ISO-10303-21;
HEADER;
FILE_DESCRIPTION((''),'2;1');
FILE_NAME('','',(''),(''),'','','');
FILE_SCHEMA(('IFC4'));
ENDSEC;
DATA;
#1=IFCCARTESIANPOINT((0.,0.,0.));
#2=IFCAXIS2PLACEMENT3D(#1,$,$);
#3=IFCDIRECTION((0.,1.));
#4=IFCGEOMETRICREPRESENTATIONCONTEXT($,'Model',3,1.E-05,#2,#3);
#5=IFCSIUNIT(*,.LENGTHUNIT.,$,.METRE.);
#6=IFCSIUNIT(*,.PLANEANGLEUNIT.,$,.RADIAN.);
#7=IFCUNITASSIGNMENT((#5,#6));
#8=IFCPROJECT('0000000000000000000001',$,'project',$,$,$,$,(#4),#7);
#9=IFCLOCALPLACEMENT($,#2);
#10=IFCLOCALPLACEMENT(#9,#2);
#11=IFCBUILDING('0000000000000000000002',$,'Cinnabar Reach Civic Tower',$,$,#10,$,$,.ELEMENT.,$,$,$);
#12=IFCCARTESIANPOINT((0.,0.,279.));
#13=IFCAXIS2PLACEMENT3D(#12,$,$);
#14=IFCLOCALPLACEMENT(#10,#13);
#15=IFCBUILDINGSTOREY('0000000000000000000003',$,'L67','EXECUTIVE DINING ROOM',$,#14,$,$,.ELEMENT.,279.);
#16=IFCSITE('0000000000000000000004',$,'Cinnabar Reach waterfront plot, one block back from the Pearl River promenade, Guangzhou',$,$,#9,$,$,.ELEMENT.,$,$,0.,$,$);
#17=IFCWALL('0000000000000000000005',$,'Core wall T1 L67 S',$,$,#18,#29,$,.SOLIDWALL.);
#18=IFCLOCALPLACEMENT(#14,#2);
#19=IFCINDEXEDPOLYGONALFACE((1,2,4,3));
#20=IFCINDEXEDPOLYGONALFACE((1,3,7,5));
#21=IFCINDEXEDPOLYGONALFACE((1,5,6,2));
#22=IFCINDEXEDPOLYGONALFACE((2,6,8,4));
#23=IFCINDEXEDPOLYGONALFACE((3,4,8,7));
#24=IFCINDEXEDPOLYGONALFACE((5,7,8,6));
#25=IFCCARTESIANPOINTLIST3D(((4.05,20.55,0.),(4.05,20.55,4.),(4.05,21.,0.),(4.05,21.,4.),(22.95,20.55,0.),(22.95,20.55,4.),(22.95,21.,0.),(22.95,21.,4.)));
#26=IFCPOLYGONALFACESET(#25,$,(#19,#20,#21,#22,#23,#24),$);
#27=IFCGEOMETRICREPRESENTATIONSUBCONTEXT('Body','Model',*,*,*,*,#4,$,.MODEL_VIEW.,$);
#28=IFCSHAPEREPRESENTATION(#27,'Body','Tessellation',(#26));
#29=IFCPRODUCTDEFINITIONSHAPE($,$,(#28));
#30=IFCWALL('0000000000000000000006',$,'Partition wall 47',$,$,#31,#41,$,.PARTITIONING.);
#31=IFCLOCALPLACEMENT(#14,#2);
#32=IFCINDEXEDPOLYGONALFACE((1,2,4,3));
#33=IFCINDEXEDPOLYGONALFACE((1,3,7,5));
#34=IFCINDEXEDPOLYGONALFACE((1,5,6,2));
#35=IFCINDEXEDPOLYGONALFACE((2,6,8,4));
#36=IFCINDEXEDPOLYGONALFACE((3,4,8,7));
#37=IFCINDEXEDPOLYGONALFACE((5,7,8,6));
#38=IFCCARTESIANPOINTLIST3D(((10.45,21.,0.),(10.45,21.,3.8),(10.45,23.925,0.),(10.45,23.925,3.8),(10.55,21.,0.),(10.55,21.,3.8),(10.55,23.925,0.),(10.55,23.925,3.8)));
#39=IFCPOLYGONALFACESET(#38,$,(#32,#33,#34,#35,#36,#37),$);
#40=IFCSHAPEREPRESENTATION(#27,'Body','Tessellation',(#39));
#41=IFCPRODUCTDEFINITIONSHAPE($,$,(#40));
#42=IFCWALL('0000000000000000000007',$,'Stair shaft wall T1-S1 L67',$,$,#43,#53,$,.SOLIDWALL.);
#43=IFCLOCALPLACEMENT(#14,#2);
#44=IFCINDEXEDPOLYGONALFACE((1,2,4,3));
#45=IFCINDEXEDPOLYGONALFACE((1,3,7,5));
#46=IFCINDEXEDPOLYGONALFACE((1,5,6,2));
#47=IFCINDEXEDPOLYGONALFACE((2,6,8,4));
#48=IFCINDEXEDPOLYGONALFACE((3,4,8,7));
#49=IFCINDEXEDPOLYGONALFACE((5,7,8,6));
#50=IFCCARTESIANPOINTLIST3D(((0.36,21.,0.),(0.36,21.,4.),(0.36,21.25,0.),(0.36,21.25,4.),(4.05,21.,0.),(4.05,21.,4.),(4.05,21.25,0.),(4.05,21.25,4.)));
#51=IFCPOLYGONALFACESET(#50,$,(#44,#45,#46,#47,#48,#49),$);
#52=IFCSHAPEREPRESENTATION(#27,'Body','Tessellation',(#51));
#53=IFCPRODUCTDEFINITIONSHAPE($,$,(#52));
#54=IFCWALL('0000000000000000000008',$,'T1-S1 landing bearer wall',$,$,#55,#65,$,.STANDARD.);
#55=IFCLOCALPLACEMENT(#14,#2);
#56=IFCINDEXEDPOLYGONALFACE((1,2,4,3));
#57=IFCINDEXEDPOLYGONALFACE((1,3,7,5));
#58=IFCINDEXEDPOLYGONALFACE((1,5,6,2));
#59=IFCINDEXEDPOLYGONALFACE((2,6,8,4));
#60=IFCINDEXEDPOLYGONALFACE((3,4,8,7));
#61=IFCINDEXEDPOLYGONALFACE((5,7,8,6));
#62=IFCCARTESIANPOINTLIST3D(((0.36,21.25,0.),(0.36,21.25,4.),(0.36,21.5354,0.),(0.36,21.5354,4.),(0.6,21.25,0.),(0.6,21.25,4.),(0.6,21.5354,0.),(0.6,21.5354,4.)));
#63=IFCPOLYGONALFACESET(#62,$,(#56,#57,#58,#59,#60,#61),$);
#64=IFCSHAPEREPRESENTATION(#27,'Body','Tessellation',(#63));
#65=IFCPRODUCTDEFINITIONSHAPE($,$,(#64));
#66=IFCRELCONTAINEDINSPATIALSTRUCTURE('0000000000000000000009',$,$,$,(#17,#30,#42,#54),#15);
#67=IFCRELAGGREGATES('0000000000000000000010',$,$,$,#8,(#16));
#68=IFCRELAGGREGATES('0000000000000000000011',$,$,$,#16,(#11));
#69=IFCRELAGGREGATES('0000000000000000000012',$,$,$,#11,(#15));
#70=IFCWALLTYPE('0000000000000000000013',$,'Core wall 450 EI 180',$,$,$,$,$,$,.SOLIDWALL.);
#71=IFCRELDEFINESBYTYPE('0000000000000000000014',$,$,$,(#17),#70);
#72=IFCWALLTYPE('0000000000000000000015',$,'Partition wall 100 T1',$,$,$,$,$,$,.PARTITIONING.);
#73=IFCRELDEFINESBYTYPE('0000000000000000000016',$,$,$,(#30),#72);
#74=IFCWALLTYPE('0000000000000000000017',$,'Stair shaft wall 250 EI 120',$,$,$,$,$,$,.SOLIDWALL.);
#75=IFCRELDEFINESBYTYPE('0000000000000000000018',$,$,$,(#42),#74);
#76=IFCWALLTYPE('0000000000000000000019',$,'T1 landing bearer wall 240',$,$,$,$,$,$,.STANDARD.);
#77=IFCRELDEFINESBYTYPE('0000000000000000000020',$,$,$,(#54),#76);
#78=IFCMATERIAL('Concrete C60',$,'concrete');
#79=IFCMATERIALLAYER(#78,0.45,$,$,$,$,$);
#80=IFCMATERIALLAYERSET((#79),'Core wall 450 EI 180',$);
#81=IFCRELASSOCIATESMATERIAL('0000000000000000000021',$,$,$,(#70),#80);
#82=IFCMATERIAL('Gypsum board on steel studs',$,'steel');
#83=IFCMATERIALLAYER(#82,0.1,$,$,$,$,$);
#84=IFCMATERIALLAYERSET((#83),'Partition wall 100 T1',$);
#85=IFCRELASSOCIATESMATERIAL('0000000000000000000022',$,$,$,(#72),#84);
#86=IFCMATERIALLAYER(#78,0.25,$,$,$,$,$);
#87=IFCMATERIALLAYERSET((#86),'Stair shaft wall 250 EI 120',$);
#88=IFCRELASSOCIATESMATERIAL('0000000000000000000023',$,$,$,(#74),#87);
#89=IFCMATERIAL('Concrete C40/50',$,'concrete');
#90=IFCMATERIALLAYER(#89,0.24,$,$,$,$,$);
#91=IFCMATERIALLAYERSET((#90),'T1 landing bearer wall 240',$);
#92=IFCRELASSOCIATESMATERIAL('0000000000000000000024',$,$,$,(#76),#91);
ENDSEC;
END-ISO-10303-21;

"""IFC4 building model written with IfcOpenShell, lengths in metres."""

from ifc_helpers import new_model, si_unit, direction, frame, frame_2d, origin, place, context, subcontext, project, spatial, rectangle, extrude, material, layer, layer_set, type_object, element, save


model = new_model("IFC4")

# Units and contexts
model_context = context("Model", 3, precision=1e-05, world=origin(), true_north=direction((0.0, 1.0)))
body_context = subcontext(model_context, "Body", "Model", "MODEL_VIEW")
ifc_project = project(units=[si_unit("LENGTHUNIT", "METRE"), si_unit("PLANEANGLEUNIT", "RADIAN")], contexts=[model_context])

# Site, building, storey
site_placement = place(None, origin())
site = spatial("IfcSite", under=ifc_project, at=site_placement, Name="Cinnabar Reach waterfront plot, one block back from the Pearl River promenade, Guangzhou", CompositionType="ELEMENT", RefElevation=0.0)
building_placement = place(site_placement, origin())
building = spatial("IfcBuilding", under=site, at=building_placement, Name="Cinnabar Reach Civic Tower", CompositionType="ELEMENT")
storey_placement = place(building_placement, frame((0.0, 0.0, 279.0)))
storey = spatial("IfcBuildingStorey", under=building, at=storey_placement, Name="L67", Description="EXECUTIVE DINING ROOM", CompositionType="ELEMENT", Elevation=279.0)

# Shared definitions
ifc_material_1 = material(Name="Concrete C60", Category="concrete")

# Shared definitions
ifc_material_2 = material(Name="Concrete C40/50", Category="concrete")

# Walls
ifc_layer_1 = layer(ifc_material_1, 0.45)
ifc_layer_set_1 = layer_set([ifc_layer_1], Name="Core wall 450 EI 180")
wall_type_1 = type_object("IfcWallType", Name="Core wall 450 EI 180", PredefinedType="SOLIDWALL", material=ifc_layer_set_1)
wall_1_placement = place(storey_placement, frame((4.05, 20.775, 0.0), z_axis=(0.0, 0.0, 1.0), x_axis=(1.0, 0.0, 0.0)))
element("IfcWall", 1, at=wall_1_placement, inside=storey, type_object=wall_type_1, Name="Core wall T1 L67 S", PredefinedType="SOLIDWALL", context=body_context, shape_type="SweptSolid", body=[
    extrude(rectangle(XDim=18.9, YDim=0.45, at=frame_2d((9.45, 0.0))), origin(), (0.0, 0.0, 1.0), 4.0),
])
ifc_material_3 = material(Name="Gypsum board on steel studs", Category="steel")
ifc_layer_2 = layer(ifc_material_3, 0.1)
ifc_layer_set_2 = layer_set([ifc_layer_2], Name="Partition wall 100 T1")
wall_type_2 = type_object("IfcWallType", Name="Partition wall 100 T1", PredefinedType="PARTITIONING", material=ifc_layer_set_2)
wall_2_placement = place(storey_placement, frame((10.5, 21.0, 0.0), z_axis=(0.0, 0.0, 1.0), x_axis=(0.0, 1.0, 0.0)))
element("IfcWall", 2, at=wall_2_placement, inside=storey, type_object=wall_type_2, Name="Partition wall 47", PredefinedType="PARTITIONING", context=body_context, shape_type="SweptSolid", body=[
    extrude(rectangle(XDim=2.925, YDim=0.1, at=frame_2d((1.4625, 0.0))), origin(), (0.0, 0.0, 1.0), 3.8),
])
ifc_layer_3 = layer(ifc_material_1, 0.25)
ifc_layer_set_3 = layer_set([ifc_layer_3], Name="Stair shaft wall 250 EI 120")
wall_type_3 = type_object("IfcWallType", Name="Stair shaft wall 250 EI 120", PredefinedType="SOLIDWALL", material=ifc_layer_set_3)
wall_3_placement = place(storey_placement, frame((0.36, 21.125, 0.0), z_axis=(0.0, 0.0, 1.0), x_axis=(1.0, 0.0, 0.0)))
element("IfcWall", 3, at=wall_3_placement, inside=storey, type_object=wall_type_3, Name="Stair shaft wall T1-S1 L67", PredefinedType="SOLIDWALL", context=body_context, shape_type="SweptSolid", body=[
    extrude(rectangle(XDim=3.69, YDim=0.25, at=frame_2d((1.845, 0.0))), origin(), (0.0, 0.0, 1.0), 4.0),
])
ifc_layer_4 = layer(ifc_material_2, 0.24)
ifc_layer_set_4 = layer_set([ifc_layer_4], Name="T1 landing bearer wall 240")
wall_type_4 = type_object("IfcWallType", Name="T1 landing bearer wall 240", PredefinedType="STANDARD", material=ifc_layer_set_4)
wall_4_placement = place(storey_placement, frame((0.48, 21.25, 0.0), z_axis=(0.0, 0.0, 1.0), x_axis=(0.0, 1.0, 0.0)))
element("IfcWall", 4, at=wall_4_placement, inside=storey, type_object=wall_type_4, Name="T1-S1 landing bearer wall", PredefinedType="STANDARD", context=body_context, shape_type="SweptSolid", body=[
    extrude(rectangle(XDim=0.2854, YDim=0.24, at=frame_2d((0.1427, 0.0))), origin(), (0.0, 0.0, 1.0), 4.0),
])

save(model, "model.ifc")
